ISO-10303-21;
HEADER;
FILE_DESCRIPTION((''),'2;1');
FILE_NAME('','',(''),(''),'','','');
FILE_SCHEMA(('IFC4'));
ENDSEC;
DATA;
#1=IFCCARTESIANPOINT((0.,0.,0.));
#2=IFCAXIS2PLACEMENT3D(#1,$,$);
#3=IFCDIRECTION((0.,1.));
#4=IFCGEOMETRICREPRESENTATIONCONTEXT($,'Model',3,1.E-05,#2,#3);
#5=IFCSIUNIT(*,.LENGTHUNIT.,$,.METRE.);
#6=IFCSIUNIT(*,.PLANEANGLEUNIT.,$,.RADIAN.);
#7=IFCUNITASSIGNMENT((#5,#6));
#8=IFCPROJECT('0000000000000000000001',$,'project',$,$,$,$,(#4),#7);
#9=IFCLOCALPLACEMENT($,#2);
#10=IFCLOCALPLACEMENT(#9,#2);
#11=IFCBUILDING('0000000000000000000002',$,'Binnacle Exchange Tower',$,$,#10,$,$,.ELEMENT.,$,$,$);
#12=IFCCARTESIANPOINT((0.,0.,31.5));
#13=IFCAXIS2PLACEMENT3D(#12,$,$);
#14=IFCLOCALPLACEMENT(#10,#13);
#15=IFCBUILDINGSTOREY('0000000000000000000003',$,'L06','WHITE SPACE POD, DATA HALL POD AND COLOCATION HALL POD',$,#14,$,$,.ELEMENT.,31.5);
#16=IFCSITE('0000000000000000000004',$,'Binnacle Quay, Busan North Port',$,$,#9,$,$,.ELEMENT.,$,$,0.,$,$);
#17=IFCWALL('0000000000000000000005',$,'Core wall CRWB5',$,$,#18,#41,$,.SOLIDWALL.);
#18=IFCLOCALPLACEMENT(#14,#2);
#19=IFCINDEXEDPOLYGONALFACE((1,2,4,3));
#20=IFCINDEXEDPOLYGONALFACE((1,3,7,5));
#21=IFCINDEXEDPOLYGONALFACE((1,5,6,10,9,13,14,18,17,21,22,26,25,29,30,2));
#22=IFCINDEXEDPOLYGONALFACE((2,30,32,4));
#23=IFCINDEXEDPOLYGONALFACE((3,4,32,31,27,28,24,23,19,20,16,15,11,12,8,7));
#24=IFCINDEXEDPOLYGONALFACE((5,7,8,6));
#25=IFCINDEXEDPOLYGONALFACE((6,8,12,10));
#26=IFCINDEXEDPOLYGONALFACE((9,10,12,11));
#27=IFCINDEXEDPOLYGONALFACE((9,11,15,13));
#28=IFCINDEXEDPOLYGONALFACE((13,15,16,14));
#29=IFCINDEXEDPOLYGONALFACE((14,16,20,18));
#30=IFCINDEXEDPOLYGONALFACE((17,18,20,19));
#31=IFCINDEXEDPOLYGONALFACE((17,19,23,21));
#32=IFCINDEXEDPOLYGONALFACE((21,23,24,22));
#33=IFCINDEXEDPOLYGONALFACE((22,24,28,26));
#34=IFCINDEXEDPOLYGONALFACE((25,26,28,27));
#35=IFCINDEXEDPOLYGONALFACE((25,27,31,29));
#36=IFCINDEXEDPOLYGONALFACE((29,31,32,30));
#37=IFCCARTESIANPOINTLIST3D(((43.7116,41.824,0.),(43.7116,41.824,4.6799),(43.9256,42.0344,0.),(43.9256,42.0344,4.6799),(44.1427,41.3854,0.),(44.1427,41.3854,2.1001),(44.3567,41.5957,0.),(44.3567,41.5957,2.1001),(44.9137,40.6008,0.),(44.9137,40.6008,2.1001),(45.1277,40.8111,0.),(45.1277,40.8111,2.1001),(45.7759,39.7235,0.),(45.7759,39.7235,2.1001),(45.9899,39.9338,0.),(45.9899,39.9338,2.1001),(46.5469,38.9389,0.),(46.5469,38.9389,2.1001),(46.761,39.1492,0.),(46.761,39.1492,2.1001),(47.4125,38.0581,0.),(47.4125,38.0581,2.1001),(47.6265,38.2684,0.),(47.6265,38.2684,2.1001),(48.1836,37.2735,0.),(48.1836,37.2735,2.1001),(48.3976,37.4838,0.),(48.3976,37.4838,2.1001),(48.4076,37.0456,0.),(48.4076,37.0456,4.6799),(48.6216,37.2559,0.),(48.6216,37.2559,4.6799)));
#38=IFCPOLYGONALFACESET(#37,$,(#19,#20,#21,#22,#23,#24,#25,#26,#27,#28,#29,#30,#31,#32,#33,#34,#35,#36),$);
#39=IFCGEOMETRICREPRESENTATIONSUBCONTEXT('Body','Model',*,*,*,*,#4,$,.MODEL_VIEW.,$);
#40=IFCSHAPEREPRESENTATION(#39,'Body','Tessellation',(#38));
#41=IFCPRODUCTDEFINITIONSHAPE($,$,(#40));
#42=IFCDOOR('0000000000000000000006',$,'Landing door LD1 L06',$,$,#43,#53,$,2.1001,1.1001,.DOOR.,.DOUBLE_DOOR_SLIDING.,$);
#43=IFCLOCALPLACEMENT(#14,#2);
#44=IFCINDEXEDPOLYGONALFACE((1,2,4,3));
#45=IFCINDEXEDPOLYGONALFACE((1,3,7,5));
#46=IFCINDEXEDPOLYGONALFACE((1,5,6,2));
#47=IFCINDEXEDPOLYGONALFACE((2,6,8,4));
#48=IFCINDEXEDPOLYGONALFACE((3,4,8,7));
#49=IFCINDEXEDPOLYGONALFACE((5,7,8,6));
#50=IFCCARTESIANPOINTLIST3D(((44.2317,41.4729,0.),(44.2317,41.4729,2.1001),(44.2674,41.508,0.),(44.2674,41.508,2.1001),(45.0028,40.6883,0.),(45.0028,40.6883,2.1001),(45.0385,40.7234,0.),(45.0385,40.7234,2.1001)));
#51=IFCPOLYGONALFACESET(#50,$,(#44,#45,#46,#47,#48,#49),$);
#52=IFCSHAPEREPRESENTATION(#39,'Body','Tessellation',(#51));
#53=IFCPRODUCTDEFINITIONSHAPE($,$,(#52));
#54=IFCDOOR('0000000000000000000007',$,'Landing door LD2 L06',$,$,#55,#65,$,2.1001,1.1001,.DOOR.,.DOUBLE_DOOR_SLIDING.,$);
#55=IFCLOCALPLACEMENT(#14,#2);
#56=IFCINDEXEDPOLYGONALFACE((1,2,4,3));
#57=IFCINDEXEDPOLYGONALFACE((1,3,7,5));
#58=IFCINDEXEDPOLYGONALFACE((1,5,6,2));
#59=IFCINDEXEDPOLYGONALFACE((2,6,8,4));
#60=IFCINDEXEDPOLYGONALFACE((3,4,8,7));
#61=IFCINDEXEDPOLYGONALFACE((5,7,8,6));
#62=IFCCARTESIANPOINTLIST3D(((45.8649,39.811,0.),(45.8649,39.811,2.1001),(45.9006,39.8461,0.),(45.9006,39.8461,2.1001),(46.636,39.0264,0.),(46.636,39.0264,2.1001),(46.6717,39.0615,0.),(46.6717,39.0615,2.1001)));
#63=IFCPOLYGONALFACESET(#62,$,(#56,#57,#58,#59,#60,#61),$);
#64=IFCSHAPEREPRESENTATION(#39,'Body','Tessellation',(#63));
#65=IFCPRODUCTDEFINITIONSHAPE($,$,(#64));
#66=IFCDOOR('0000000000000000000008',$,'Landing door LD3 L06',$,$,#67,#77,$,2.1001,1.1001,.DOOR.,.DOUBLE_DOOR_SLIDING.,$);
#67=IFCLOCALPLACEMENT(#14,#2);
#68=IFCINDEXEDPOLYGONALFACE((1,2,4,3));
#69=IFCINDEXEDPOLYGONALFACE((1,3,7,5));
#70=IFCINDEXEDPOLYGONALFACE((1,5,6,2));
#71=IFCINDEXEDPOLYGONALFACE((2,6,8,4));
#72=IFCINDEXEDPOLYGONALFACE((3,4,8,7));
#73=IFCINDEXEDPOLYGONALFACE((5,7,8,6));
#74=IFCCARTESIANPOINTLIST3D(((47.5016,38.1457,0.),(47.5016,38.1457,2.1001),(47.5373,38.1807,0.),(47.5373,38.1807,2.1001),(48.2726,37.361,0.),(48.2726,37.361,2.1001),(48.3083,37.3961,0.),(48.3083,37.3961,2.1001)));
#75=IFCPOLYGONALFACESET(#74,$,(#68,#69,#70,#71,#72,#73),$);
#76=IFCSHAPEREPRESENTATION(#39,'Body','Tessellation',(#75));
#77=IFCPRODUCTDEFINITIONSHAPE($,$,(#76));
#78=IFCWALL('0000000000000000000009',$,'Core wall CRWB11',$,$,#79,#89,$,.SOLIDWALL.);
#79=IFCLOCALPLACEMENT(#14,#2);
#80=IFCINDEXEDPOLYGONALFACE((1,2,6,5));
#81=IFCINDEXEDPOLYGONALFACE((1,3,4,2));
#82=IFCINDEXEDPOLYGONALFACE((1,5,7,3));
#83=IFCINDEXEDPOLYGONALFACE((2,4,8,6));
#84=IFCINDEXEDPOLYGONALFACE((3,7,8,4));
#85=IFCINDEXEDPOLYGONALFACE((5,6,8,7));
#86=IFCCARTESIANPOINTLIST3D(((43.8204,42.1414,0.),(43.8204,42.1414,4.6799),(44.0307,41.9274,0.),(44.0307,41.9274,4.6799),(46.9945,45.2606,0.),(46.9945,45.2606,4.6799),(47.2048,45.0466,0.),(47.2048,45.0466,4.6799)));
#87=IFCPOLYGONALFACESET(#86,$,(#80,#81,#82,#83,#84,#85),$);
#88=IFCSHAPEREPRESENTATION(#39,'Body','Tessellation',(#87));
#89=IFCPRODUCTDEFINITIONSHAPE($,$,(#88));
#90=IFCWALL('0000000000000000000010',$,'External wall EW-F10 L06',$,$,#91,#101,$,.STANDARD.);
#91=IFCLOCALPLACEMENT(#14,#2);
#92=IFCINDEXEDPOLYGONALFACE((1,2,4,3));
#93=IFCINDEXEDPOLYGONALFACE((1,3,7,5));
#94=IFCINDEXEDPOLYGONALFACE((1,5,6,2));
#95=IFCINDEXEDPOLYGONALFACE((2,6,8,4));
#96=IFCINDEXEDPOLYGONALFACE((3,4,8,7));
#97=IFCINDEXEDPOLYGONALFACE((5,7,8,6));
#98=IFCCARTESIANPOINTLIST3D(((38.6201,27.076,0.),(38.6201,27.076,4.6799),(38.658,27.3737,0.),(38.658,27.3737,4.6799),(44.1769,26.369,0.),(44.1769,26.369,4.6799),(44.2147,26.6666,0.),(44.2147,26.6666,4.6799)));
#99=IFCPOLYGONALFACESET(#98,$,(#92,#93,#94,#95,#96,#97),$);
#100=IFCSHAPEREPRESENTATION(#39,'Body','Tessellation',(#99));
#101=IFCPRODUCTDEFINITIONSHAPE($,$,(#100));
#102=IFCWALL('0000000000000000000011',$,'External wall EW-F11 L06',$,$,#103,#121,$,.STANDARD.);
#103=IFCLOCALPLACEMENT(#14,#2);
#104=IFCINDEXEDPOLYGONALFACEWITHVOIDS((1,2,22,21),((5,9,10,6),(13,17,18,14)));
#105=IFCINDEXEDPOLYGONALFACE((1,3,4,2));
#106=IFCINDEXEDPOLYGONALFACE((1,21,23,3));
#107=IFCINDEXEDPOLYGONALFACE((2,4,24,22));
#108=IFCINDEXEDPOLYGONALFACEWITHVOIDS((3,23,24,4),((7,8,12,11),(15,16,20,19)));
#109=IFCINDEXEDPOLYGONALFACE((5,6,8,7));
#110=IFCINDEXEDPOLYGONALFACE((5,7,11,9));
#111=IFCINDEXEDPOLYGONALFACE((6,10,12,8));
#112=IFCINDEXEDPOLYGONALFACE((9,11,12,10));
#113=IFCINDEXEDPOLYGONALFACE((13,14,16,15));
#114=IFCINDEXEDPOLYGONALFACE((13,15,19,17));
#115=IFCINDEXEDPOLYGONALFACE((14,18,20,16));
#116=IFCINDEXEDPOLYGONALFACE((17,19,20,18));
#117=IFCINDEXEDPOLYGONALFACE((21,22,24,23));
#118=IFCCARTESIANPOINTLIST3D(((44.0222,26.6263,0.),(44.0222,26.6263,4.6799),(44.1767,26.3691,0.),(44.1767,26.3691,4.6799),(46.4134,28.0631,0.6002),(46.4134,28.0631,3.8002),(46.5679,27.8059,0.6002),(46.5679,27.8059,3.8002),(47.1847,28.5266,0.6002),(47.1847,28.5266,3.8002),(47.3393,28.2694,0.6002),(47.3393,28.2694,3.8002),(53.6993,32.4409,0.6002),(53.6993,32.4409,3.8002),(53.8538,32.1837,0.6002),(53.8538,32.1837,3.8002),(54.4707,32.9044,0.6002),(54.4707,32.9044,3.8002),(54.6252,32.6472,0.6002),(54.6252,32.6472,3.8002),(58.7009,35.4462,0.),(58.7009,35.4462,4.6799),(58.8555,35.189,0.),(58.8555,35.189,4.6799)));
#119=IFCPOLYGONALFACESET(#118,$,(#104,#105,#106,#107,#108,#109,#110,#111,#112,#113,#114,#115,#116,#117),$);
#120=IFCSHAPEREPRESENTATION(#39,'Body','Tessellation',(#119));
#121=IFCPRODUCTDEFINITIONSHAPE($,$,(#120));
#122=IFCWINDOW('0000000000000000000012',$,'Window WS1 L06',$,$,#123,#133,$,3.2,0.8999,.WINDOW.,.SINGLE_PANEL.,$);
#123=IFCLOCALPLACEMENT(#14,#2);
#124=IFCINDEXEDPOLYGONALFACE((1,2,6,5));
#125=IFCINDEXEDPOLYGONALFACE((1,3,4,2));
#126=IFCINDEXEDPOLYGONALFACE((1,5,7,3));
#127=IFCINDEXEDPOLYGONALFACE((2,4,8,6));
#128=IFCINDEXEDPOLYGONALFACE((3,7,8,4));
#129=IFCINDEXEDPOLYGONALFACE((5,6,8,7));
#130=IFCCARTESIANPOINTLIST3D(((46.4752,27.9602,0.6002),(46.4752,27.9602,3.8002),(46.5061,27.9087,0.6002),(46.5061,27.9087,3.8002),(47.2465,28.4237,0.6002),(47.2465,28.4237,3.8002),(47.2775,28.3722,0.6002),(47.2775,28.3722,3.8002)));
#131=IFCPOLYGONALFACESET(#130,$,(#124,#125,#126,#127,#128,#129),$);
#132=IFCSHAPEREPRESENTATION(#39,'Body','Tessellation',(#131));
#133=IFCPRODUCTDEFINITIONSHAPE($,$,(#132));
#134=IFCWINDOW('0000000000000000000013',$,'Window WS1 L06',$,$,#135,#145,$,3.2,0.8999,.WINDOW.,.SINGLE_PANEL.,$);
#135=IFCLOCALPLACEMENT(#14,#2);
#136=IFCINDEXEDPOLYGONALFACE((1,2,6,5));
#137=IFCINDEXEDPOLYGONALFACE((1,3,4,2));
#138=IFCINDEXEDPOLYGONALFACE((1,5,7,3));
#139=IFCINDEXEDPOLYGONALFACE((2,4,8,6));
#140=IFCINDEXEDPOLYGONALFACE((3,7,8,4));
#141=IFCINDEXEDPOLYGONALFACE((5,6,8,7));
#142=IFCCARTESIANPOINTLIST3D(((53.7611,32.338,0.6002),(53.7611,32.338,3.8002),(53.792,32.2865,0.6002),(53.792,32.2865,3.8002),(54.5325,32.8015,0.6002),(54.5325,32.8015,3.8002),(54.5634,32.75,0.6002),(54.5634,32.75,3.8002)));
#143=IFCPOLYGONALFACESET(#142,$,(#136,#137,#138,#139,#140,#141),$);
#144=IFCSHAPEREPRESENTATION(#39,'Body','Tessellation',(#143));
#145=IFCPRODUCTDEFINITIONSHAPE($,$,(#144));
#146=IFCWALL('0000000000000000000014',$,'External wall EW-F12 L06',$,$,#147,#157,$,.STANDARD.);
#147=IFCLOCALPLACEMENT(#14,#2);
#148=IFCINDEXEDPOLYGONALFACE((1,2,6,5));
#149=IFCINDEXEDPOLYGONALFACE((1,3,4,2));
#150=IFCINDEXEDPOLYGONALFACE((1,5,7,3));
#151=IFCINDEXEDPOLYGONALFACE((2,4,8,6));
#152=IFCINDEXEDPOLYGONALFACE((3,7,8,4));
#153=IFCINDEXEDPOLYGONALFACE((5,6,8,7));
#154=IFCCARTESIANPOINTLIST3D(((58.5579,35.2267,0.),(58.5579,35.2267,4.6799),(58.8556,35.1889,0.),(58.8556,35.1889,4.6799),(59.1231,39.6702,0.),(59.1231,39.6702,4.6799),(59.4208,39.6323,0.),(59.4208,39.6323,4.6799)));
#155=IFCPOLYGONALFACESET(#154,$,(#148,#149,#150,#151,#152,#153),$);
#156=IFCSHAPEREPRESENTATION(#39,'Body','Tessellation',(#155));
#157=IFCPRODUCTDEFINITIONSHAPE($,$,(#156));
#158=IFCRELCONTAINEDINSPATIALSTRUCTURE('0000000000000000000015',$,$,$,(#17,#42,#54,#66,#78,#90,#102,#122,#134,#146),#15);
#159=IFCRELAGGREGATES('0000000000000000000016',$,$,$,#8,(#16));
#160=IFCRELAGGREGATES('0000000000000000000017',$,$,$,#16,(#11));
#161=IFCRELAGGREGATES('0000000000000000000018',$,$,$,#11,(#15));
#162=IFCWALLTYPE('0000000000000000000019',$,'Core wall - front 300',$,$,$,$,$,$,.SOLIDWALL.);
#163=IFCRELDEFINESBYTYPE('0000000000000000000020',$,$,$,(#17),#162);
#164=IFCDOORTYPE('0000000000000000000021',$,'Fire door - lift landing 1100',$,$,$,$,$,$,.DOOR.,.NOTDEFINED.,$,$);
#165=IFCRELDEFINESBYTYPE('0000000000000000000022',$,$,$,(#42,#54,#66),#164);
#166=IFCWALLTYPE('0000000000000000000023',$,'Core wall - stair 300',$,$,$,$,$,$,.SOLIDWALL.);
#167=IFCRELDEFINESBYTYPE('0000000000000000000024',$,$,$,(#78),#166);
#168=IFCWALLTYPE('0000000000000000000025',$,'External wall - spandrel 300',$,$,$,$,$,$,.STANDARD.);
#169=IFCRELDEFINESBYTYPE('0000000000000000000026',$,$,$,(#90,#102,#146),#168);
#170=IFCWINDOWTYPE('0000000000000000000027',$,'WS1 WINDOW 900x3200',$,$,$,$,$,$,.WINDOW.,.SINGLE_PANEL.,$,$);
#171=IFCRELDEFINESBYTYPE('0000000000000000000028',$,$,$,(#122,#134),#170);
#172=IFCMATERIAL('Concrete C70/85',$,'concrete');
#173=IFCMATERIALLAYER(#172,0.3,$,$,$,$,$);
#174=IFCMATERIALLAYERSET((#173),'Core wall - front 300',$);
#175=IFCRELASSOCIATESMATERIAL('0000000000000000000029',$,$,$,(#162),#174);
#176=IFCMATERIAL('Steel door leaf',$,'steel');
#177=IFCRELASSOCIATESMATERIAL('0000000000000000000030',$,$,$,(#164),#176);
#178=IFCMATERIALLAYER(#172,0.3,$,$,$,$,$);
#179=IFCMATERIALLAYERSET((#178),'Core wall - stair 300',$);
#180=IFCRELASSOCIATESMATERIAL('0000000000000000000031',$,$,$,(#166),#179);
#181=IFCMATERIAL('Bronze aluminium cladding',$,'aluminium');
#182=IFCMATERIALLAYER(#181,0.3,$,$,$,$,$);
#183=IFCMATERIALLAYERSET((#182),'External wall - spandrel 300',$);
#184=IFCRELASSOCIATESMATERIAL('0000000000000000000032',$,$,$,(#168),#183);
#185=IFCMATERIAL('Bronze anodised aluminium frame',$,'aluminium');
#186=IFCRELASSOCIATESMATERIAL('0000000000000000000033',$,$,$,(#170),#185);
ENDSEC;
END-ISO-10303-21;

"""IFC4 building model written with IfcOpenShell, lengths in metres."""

from ifc_helpers import new_model, si_unit, direction, frame, frame_2d, origin, place, context, subcontext, project, spatial, rectangle, extrude, material, layer, layer_set, type_object, element, fill, save


model = new_model("IFC4")

# Units and contexts
model_context = context("Model", 3, precision=1e-05, world=origin(), true_north=direction((0.0, 1.0)))
body_context = subcontext(model_context, "Body", "Model", "MODEL_VIEW")
ifc_project = project(units=[si_unit("LENGTHUNIT", "METRE"), si_unit("PLANEANGLEUNIT", "RADIAN")], contexts=[model_context])

# Site, building, storey
site_placement = place(None, origin())
site = spatial("IfcSite", under=ifc_project, at=site_placement, Name="Binnacle Quay, Busan North Port", CompositionType="ELEMENT", RefElevation=0.0)
building_placement = place(site_placement, origin())
building = spatial("IfcBuilding", under=site, at=building_placement, Name="Binnacle Exchange Tower", CompositionType="ELEMENT")
storey_placement = place(building_placement, frame((0.0, 0.0, 31.5)))
storey = spatial("IfcBuildingStorey", under=building, at=storey_placement, Name="L06", Description="WHITE SPACE POD, DATA HALL POD AND COLOCATION HALL POD", CompositionType="ELEMENT", Elevation=31.5)

# Shared definitions
ifc_material_1 = material(Name="Concrete C70/85", Category="concrete")

# Wall, openings, doors
ifc_layer_1 = layer(ifc_material_1, 0.3)
ifc_layer_set_1 = layer_set([ifc_layer_1], Name="Core wall - front 300")
wall_type_1 = type_object("IfcWallType", Name="Core wall - front 300", PredefinedType="SOLIDWALL", material=ifc_layer_set_1)
wall_1_placement = place(storey_placement, frame((43.8186, 41.9292, 0.0), z_axis=(0.0, 0.0, 1.0), x_axis=(0.700922, -0.713238, 0.0)))
wall_1 = element("IfcWall", 1, at=wall_1_placement, inside=storey, type_object=wall_type_1, Name="Core wall CRWB5", PredefinedType="SOLIDWALL", context=body_context, shape_type="SweptSolid", body=[
    extrude(rectangle(XDim=6.6997, YDim=0.3, at=frame_2d((3.3499, 0.0))), origin(), (0.0, 0.0, 1.0), 4.6799),
])
opening_1_placement = place(wall_1_placement, frame((0.615, 0.0, 0.0)))
opening_1 = element("IfcOpeningElement", 2, at=opening_1_placement, cuts=wall_1, PredefinedType="OPENING", context=body_context, shape_type="SweptSolid", body=[
    extrude(rectangle(XDim=1.1001, YDim=2.1001, at=frame_2d((0.55, 1.05))), frame((0.0, 0.1599, 0.0), z_axis=(0.0, -1.0, 0.0), x_axis=(1.0, 0.0, 0.0)), (0.0, 0.0, 1.0), 0.3201),
])
opening_2_placement = place(wall_1_placement, frame((2.9451, 0.0, 0.0)))
opening_2 = element("IfcOpeningElement", 3, at=opening_2_placement, cuts=wall_1, PredefinedType="OPENING", context=body_context, shape_type="SweptSolid", body=[
    extrude(rectangle(XDim=1.1001, YDim=2.1001, at=frame_2d((0.55, 1.05))), frame((0.0, 0.1599, 0.0), z_axis=(0.0, -1.0, 0.0), x_axis=(1.0, 0.0, 0.0)), (0.0, 0.0, 1.0), 0.3201),
])
opening_3_placement = place(wall_1_placement, frame((5.28, 0.0, 0.0)))
opening_3 = element("IfcOpeningElement", 4, at=opening_3_placement, cuts=wall_1, PredefinedType="OPENING", context=body_context, shape_type="SweptSolid", body=[
    extrude(rectangle(XDim=1.1001, YDim=2.1001, at=frame_2d((0.55, 1.05))), frame((0.0, 0.1599, 0.0), z_axis=(0.0, -1.0, 0.0), x_axis=(1.0, 0.0, 0.0)), (0.0, 0.0, 1.0), 0.3201),
])
ifc_material_2 = material(Name="Steel door leaf", Category="steel")
door_type_1 = type_object("IfcDoorType", Name="Fire door - lift landing 1100", OperationType="NOTDEFINED", PredefinedType="DOOR", material=ifc_material_2)
door_1_placement = place(opening_1_placement, origin())
door_1 = element("IfcDoor", 5, at=door_1_placement, inside=storey, type_object=door_type_1, Name="Landing door LD1 L06", OperationType="DOUBLE_DOOR_SLIDING", OverallHeight=2.1001, OverallWidth=1.1001, PredefinedType="DOOR", context=body_context, shape_type="SweptSolid", body=[
    extrude(rectangle(XDim=1.1001, YDim=2.1001, at=frame_2d((0.55, 1.05))), frame((0.0, 0.0249, 0.0), z_axis=(0.0, -1.0, 0.0), x_axis=(1.0, 0.0, 0.0)), (0.0, 0.0, 1.0), 0.05),
])
fill(opening_1, door_1)
door_2_placement = place(opening_2_placement, origin())
door_2 = element("IfcDoor", 6, at=door_2_placement, inside=storey, type_object=door_type_1, Name="Landing door LD2 L06", OperationType="DOUBLE_DOOR_SLIDING", OverallHeight=2.1001, OverallWidth=1.1001, PredefinedType="DOOR", context=body_context, shape_type="SweptSolid", body=[
    extrude(rectangle(XDim=1.1001, YDim=2.1001, at=frame_2d((0.55, 1.05))), frame((0.0, 0.0249, 0.0), z_axis=(0.0, -1.0, 0.0), x_axis=(1.0, 0.0, 0.0)), (0.0, 0.0, 1.0), 0.05),
])
fill(opening_2, door_2)
door_3_placement = place(opening_3_placement, origin())
door_3 = element("IfcDoor", 7, at=door_3_placement, inside=storey, type_object=door_type_1, Name="Landing door LD3 L06", OperationType="DOUBLE_DOOR_SLIDING", OverallHeight=2.1001, OverallWidth=1.1001, PredefinedType="DOOR", context=body_context, shape_type="SweptSolid", body=[
    extrude(rectangle(XDim=1.1001, YDim=2.1001, at=frame_2d((0.55, 1.05))), frame((0.0, 0.0249, 0.0), z_axis=(0.0, -1.0, 0.0), x_axis=(1.0, 0.0, 0.0)), (0.0, 0.0, 1.0), 0.05),
])
fill(opening_3, door_3)

# Walls
ifc_layer_2 = layer(ifc_material_1, 0.3)
ifc_layer_set_2 = layer_set([ifc_layer_2], Name="Core wall - stair 300")
wall_type_2 = type_object("IfcWallType", Name="Core wall - stair 300", PredefinedType="SOLIDWALL", material=ifc_layer_set_2)
wall_2_placement = place(storey_placement, frame((43.9255, 42.0344, 0.0), z_axis=(0.0, 0.0, 1.0), x_axis=(0.713252, 0.700908, 0.0)))
element("IfcWall", 8, at=wall_2_placement, inside=storey, type_object=wall_type_2, Name="Core wall CRWB11", PredefinedType="SOLIDWALL", context=body_context, shape_type="SweptSolid", body=[
    extrude(rectangle(XDim=4.4502, YDim=0.3, at=frame_2d((2.2251, 0.0))), origin(), (0.0, 0.0, 1.0), 4.6799),
])
ifc_material_3 = material(Name="Bronze aluminium cladding", Category="aluminium")
ifc_layer_3 = layer(ifc_material_3, 0.3)
ifc_layer_set_3 = layer_set([ifc_layer_3], Name="External wall - spandrel 300")
wall_type_3 = type_object("IfcWallType", Name="External wall - spandrel 300", PredefinedType="STANDARD", material=ifc_layer_set_3)
wall_3_placement = place(storey_placement, frame((44.1958, 26.5178, 0.0), z_axis=(0.0, 0.0, 1.0), x_axis=(-0.992002, 0.126223, 0.0)))
element("IfcWall", 9, at=wall_3_placement, inside=storey, type_object=wall_type_3, Name="External wall EW-F10 L06", PredefinedType="STANDARD", context=body_context, shape_type="SweptSolid", body=[
    extrude(rectangle(XDim=5.6016, YDim=0.3, at=frame_2d((2.8008, 0.0))), origin(), (0.0, 0.0, 1.0), 4.6799),
])

# Wall, openings, windows
wall_4_placement = place(storey_placement, frame((58.7783, 35.3176, 0.0), z_axis=(0.0, 0.0, 1.0), x_axis=(-0.857168, -0.515037, 0.0)))
wall_4 = element("IfcWall", 10, at=wall_4_placement, inside=storey, type_object=wall_type_3, Name="External wall EW-F11 L06", PredefinedType="STANDARD", context=body_context, shape_type="SweptSolid", body=[
    extrude(rectangle(XDim=17.1248, YDim=0.3, at=frame_2d((8.5625, 0.0))), origin(), (0.0, 0.0, 1.0), 4.6799),
])
opening_4_placement = place(wall_4_placement, frame((13.4353, 0.0, 0.6001)))
opening_4 = element("IfcOpeningElement", 11, at=opening_4_placement, cuts=wall_4, PredefinedType="OPENING", context=body_context, shape_type="SweptSolid", body=[
    extrude(rectangle(XDim=0.8999, YDim=3.2, at=frame_2d((0.45, 1.6001))), frame((0.0, 0.1599, 0.0), z_axis=(0.0, -1.0, 0.0), x_axis=(1.0, 0.0, 0.0)), (0.0, 0.0, 1.0), 0.3201),
])
opening_5_placement = place(wall_4_placement, frame((4.9353, 0.0, 0.6001)))
opening_5 = element("IfcOpeningElement", 12, at=opening_5_placement, cuts=wall_4, PredefinedType="OPENING", context=body_context, shape_type="SweptSolid", body=[
    extrude(rectangle(XDim=0.8999, YDim=3.2, at=frame_2d((0.45, 1.6001))), frame((0.0, 0.1599, 0.0), z_axis=(0.0, -1.0, 0.0), x_axis=(1.0, 0.0, 0.0)), (0.0, 0.0, 1.0), 0.3201),
])
ifc_material_4 = material(Name="Bronze anodised aluminium frame", Category="aluminium")
window_type = type_object("IfcWindowType", Name="WS1 WINDOW 900x3200", PartitioningType="SINGLE_PANEL", PredefinedType="WINDOW", material=ifc_material_4)
window_1_placement = place(opening_4_placement, origin())
window_1 = element("IfcWindow", 13, at=window_1_placement, inside=storey, type_object=window_type, Name="Window WS1 L06", OverallHeight=3.2, OverallWidth=0.8999, PartitioningType="SINGLE_PANEL", PredefinedType="WINDOW", context=body_context, shape_type="SweptSolid", body=[
    extrude(rectangle(XDim=0.8999, YDim=3.2, at=frame_2d((0.45, 1.6001))), frame((0.0, 0.03, 0.0), z_axis=(0.0, -1.0, 0.0), x_axis=(1.0, 0.0, 0.0)), (0.0, 0.0, 1.0), 0.0601),
])
fill(opening_4, window_1)
window_2_placement = place(opening_5_placement, origin())
window_2 = element("IfcWindow", 14, at=window_2_placement, inside=storey, type_object=window_type, Name="Window WS1 L06", OverallHeight=3.2, OverallWidth=0.8999, PartitioningType="SINGLE_PANEL", PredefinedType="WINDOW", context=body_context, shape_type="SweptSolid", body=[
    extrude(rectangle(XDim=0.8999, YDim=3.2, at=frame_2d((0.45, 1.6001))), frame((0.0, 0.03, 0.0), z_axis=(0.0, -1.0, 0.0), x_axis=(1.0, 0.0, 0.0)), (0.0, 0.0, 1.0), 0.0601),
])
fill(opening_5, window_2)

# Wall
wall_5_placement = place(storey_placement, frame((59.272, 39.6514, 0.0), z_axis=(0.0, 0.0, 1.0), x_axis=(-0.126181, -0.992007, 0.0)))
element("IfcWall", 15, at=wall_5_placement, inside=storey, type_object=wall_type_3, Name="External wall EW-F12 L06", PredefinedType="STANDARD", context=body_context, shape_type="SweptSolid", body=[
    extrude(rectangle(XDim=4.4792, YDim=0.3, at=frame_2d((2.2397, 0.0))), origin(), (0.0, 0.0, 1.0), 4.6799),
])

save(model, "model.ifc")
